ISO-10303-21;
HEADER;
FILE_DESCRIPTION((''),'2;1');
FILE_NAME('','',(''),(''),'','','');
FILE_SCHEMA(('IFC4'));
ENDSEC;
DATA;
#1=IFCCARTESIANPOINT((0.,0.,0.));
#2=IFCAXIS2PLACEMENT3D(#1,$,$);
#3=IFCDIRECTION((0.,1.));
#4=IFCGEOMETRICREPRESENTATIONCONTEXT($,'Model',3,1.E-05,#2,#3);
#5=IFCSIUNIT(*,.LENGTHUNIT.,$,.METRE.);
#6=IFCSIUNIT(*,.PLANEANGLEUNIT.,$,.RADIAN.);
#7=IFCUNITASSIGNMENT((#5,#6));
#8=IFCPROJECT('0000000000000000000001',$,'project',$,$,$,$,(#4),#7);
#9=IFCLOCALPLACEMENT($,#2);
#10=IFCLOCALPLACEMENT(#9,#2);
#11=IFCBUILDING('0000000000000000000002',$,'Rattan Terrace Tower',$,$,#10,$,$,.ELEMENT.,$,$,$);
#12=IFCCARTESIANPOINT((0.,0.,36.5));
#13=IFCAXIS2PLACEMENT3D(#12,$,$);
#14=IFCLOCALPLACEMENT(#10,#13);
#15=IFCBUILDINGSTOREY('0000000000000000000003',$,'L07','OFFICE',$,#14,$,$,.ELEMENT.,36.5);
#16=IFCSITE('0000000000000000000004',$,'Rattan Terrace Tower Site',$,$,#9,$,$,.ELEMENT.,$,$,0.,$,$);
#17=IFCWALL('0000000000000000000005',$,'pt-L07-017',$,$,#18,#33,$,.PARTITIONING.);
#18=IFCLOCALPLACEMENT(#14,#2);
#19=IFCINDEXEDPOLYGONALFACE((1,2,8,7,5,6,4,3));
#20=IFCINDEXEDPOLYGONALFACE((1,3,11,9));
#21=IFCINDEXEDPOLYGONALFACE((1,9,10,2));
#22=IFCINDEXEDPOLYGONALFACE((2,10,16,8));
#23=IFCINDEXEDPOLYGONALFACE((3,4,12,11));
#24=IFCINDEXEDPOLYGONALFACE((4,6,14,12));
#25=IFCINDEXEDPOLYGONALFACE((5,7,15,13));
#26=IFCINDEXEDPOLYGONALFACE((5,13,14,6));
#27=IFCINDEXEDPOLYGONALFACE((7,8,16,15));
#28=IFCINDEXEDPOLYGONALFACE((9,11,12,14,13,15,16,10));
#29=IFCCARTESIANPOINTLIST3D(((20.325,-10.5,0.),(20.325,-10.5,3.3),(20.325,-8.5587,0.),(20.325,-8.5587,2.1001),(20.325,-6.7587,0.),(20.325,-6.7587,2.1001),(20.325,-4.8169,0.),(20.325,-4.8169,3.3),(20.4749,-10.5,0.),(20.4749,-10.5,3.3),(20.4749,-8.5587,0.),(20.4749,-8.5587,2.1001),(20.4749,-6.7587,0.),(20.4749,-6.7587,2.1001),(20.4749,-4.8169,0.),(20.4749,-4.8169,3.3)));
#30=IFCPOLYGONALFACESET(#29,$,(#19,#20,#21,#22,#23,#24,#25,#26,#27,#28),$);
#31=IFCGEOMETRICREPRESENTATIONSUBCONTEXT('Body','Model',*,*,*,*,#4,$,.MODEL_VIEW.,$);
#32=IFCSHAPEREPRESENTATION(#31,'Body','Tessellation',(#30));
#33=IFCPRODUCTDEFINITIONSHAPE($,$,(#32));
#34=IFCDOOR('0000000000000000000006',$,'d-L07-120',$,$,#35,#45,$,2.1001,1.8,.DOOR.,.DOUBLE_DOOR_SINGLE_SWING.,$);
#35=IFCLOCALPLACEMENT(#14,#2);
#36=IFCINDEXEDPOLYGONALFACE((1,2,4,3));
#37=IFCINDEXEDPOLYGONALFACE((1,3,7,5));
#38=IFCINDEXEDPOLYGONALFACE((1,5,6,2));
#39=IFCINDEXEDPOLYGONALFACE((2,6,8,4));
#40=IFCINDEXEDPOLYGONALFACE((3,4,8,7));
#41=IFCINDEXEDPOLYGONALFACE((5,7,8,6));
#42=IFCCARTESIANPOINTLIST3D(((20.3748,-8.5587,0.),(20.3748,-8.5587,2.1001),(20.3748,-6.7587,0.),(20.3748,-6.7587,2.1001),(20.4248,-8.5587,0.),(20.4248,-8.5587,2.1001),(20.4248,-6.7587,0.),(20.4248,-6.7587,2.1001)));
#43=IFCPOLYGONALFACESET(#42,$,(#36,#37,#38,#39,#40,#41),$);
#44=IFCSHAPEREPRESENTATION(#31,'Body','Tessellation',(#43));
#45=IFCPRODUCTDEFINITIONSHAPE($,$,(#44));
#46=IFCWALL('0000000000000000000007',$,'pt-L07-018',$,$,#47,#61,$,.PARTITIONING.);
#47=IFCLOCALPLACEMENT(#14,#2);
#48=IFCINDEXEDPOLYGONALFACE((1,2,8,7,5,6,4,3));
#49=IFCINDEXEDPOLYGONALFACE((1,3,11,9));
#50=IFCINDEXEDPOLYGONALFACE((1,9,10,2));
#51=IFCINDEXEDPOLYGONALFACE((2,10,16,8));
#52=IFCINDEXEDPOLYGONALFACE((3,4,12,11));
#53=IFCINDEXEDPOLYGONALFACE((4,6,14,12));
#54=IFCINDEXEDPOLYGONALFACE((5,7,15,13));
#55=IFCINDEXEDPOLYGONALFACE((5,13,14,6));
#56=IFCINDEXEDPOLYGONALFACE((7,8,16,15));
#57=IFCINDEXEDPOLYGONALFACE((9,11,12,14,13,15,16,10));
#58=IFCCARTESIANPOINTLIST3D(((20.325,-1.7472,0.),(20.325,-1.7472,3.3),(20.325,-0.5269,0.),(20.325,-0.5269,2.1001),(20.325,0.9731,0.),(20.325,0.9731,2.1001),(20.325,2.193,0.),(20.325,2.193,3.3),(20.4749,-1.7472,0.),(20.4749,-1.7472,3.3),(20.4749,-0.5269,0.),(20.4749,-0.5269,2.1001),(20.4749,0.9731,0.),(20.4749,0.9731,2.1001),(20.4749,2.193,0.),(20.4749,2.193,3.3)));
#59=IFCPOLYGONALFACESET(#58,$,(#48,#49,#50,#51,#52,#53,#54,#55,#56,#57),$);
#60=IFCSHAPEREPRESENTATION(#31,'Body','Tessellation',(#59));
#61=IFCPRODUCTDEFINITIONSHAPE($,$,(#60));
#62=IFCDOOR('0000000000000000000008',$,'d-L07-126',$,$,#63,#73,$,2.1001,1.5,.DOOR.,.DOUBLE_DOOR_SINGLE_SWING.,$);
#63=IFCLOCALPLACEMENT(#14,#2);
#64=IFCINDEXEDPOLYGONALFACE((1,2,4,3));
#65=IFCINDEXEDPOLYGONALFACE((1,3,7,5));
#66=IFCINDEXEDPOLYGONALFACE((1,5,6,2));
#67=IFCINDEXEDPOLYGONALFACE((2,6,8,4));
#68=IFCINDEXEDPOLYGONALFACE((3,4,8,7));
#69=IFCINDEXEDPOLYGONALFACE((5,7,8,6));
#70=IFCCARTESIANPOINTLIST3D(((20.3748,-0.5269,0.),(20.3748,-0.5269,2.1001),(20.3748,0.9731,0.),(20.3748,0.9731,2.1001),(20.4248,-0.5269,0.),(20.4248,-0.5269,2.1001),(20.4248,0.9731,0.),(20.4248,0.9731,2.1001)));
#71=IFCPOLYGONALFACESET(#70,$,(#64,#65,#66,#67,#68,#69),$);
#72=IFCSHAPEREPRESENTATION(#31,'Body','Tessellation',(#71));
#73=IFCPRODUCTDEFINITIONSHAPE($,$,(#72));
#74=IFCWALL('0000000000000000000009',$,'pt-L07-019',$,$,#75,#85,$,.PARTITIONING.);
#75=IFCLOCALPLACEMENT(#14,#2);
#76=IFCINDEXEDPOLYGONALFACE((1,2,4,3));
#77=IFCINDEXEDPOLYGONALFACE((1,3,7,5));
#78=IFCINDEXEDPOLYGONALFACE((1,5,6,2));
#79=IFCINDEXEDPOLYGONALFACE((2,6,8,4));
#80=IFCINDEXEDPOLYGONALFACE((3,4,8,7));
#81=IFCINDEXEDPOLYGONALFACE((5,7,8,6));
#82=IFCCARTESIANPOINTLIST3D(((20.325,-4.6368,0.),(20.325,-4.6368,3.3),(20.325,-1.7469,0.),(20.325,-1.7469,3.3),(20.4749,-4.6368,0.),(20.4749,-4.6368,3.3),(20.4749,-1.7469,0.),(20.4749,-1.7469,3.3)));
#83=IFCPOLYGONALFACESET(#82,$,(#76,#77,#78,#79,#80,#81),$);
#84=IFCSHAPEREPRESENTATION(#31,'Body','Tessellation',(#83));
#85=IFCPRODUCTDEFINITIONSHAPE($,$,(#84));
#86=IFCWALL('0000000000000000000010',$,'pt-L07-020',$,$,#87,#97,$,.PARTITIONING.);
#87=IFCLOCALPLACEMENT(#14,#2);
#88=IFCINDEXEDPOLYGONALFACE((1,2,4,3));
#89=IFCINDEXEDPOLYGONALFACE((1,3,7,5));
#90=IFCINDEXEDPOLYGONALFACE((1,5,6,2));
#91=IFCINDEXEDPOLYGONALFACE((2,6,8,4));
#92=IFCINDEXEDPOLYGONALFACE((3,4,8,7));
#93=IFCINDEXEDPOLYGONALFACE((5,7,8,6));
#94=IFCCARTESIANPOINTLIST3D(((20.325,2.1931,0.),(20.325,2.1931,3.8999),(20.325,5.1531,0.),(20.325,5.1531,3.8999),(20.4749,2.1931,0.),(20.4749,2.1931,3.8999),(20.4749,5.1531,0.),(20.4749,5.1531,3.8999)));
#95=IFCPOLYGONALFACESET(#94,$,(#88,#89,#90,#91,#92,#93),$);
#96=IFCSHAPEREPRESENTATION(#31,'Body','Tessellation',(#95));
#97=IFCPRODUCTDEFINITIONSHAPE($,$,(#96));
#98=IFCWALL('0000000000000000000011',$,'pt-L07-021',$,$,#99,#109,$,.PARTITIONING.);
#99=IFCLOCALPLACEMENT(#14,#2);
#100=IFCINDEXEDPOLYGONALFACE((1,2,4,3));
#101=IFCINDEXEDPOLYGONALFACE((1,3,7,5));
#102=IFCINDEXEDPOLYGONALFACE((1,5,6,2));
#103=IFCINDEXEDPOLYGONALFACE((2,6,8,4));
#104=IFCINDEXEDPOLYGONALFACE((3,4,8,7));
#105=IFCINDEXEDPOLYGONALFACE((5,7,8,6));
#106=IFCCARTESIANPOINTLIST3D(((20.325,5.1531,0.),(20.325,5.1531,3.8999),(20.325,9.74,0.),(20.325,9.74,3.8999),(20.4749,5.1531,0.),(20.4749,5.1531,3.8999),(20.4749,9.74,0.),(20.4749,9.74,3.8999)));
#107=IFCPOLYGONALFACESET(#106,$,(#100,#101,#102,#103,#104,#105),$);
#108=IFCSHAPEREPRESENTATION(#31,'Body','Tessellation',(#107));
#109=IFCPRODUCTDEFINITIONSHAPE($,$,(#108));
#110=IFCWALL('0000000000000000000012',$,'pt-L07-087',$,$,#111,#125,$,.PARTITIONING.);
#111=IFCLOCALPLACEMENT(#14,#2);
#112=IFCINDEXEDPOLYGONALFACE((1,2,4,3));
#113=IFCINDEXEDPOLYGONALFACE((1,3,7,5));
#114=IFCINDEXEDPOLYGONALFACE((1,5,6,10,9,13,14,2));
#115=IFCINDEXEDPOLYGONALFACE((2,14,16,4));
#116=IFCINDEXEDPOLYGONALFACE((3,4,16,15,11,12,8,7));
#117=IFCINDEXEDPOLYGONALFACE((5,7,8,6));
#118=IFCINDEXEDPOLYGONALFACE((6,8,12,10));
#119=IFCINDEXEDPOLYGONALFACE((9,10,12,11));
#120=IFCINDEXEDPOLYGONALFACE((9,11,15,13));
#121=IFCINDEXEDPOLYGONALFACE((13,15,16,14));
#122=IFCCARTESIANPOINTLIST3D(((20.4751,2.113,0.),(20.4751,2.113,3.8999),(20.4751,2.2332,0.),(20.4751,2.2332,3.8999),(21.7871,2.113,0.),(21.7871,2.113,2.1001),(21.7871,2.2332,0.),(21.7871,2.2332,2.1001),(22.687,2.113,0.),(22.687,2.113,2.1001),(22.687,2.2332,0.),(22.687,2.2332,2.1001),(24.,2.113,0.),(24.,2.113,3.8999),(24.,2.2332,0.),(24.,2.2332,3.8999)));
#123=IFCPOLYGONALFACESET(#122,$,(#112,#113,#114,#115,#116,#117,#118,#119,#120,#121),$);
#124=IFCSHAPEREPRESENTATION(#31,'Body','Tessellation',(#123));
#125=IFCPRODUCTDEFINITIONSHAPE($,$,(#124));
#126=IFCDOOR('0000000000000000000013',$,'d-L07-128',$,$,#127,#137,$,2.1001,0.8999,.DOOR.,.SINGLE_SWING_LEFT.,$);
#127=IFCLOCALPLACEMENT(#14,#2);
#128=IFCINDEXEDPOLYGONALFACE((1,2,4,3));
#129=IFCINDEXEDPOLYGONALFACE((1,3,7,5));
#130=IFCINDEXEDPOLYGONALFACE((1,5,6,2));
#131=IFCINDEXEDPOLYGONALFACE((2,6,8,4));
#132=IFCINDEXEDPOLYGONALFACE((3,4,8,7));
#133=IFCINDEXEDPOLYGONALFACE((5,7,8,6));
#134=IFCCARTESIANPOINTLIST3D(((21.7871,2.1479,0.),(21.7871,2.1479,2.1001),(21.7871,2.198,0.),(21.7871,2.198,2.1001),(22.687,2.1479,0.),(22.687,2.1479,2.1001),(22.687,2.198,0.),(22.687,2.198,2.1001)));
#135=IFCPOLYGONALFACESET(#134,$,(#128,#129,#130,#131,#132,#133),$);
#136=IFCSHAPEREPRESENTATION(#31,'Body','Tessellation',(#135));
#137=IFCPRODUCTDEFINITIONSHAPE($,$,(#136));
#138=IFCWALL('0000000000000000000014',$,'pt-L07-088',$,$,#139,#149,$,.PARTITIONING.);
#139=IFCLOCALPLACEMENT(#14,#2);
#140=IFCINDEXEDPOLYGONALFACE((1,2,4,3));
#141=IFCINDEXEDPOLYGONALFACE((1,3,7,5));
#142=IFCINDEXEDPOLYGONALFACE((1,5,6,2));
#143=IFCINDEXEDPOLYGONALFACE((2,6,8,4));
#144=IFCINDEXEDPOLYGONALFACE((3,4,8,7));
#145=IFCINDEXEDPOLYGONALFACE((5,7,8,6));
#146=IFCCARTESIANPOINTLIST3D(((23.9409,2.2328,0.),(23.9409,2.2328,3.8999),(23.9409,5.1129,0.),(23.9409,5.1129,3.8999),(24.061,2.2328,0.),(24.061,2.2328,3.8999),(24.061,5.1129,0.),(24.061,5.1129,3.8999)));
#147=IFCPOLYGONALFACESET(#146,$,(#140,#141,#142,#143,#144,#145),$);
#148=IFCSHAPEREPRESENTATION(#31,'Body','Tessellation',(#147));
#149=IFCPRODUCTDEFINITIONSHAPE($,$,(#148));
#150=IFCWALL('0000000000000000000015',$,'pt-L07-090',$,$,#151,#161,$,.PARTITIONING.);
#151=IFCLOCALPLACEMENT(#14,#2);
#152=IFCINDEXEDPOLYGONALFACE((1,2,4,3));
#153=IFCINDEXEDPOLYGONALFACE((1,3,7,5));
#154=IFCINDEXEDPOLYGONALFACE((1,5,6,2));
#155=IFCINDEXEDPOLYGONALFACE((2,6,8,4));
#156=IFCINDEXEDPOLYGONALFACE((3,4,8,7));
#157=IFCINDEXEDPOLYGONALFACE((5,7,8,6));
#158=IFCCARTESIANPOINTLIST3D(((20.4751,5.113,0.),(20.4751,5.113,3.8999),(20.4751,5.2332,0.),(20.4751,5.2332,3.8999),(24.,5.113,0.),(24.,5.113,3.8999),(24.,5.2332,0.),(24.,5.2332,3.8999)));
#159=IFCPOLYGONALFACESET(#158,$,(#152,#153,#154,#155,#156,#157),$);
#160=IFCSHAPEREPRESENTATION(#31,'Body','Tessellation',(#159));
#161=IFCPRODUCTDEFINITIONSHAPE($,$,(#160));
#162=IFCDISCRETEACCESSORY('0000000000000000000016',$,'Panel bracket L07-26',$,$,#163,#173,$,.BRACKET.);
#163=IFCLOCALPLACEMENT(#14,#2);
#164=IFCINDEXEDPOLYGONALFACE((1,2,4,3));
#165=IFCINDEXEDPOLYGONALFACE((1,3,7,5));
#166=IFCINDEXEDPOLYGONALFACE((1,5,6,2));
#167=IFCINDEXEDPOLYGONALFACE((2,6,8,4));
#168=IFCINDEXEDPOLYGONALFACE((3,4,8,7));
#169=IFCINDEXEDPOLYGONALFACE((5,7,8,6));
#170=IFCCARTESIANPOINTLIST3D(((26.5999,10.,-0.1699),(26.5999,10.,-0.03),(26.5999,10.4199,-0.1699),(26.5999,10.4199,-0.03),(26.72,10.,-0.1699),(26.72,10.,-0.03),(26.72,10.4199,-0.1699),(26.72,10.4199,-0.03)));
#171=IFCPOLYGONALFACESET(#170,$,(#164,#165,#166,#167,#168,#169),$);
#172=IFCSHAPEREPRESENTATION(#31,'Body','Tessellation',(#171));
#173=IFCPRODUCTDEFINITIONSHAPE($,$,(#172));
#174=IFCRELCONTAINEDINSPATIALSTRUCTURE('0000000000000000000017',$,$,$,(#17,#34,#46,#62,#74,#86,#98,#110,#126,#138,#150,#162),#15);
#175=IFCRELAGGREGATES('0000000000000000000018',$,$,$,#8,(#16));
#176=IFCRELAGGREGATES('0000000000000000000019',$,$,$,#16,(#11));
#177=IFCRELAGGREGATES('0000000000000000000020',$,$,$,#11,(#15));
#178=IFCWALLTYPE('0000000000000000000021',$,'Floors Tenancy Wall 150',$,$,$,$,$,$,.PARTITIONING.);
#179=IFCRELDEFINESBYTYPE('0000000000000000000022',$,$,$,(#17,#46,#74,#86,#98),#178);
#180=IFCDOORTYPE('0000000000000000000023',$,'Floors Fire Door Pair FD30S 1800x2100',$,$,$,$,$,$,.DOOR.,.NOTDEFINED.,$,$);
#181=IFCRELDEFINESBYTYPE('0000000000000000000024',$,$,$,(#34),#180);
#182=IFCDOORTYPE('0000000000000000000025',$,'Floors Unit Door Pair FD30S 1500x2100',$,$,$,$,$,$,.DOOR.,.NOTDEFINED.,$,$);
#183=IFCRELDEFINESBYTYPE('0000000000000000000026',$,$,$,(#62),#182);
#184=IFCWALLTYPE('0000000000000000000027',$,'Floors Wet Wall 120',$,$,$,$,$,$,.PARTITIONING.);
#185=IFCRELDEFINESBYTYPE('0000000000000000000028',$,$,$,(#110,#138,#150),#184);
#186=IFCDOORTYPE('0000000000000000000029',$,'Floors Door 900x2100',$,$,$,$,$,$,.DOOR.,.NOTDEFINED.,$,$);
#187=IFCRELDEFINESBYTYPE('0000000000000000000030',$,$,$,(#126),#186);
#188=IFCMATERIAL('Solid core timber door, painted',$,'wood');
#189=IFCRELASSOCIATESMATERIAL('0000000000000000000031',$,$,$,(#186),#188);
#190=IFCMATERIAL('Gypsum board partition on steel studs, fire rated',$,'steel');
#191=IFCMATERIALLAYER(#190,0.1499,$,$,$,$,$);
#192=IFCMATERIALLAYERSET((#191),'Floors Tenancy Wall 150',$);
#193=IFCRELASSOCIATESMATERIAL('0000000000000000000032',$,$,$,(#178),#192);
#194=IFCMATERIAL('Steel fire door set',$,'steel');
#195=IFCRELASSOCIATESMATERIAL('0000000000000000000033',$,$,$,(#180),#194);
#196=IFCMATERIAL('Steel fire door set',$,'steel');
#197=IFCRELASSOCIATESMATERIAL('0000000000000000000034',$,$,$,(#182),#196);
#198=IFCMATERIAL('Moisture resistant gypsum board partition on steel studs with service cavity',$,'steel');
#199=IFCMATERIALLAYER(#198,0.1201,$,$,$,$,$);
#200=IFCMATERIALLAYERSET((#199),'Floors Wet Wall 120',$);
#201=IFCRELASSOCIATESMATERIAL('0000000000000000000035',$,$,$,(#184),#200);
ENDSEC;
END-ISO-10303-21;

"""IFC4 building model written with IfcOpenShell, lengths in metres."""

from ifc_helpers import new_model, si_unit, direction, frame, frame_2d, origin, origin_2d, place, context, subcontext, project, spatial, rectangle, extrude, material, layer, layer_set, type_object, element, fill, save


model = new_model("IFC4")

# Units and contexts
model_context = context("Model", 3, precision=1e-05, world=origin(), true_north=direction((0.0, 1.0)))
body_context = subcontext(model_context, "Body", "Model", "MODEL_VIEW")
ifc_project = project(units=[si_unit("LENGTHUNIT", "METRE"), si_unit("PLANEANGLEUNIT", "RADIAN")], contexts=[model_context])

# Site, building, storey
site_placement = place(None, origin())
site = spatial("IfcSite", under=ifc_project, at=site_placement, Name="Rattan Terrace Tower Site", CompositionType="ELEMENT", RefElevation=0.0)
building_placement = place(site_placement, origin())
building = spatial("IfcBuilding", under=site, at=building_placement, Name="Rattan Terrace Tower", CompositionType="ELEMENT")
storey_placement = place(building_placement, frame((0.0, 0.0, 36.5)))
storey = spatial("IfcBuildingStorey", under=building, at=storey_placement, Name="L07", Description="OFFICE", CompositionType="ELEMENT", Elevation=36.5)

# Walls, openings, doors
ifc_material_1 = material(Name="Solid core timber door, painted", Category="wood")
door_type_1 = type_object("IfcDoorType", Name="Floors Door 900x2100", OperationType="NOTDEFINED", PredefinedType="DOOR", material=ifc_material_1)
ifc_material_2 = material(Name="Gypsum board partition on steel studs, fire rated", Category="steel")
ifc_layer_1 = layer(ifc_material_2, 0.1499)
ifc_layer_set_1 = layer_set([ifc_layer_1], Name="Floors Tenancy Wall 150")
wall_type_1 = type_object("IfcWallType", Name="Floors Tenancy Wall 150", PredefinedType="PARTITIONING", material=ifc_layer_set_1)
wall_1_placement = place(storey_placement, frame((20.3999, -4.8169, 0.0), z_axis=(0.0, 0.0, 1.0), x_axis=(0.0, -1.0, 0.0)))
wall_1 = element("IfcWall", 1, at=wall_1_placement, inside=storey, type_object=wall_type_1, Name="pt-L07-017", PredefinedType="PARTITIONING", context=body_context, shape_type="SweptSolid", body=[
    extrude(rectangle(XDim=5.6831, YDim=0.1499, at=frame_2d((2.8416, 0.0))), origin(), (0.0, 0.0, 1.0), 3.3),
])
opening_1_placement = place(wall_1_placement, frame((1.9419, 0.0, 0.0)))
opening_1 = element("IfcOpeningElement", 2, at=opening_1_placement, cuts=wall_1, PredefinedType="OPENING", context=body_context, shape_type="SweptSolid", body=[
    extrude(rectangle(XDim=1.8, YDim=2.1001, at=frame_2d((0.8999, 1.05))), frame((0.0, 0.0854, 0.0), z_axis=(0.0, -1.0, 0.0), x_axis=(1.0, 0.0, 0.0)), (0.0, 0.0, 1.0), 0.1709),
])
ifc_material_3 = material(Name="Steel fire door set", Category="steel")
door_type_2 = type_object("IfcDoorType", Name="Floors Fire Door Pair FD30S 1800x2100", OperationType="NOTDEFINED", PredefinedType="DOOR", material=ifc_material_3)
door_1_placement = place(opening_1_placement, origin())
door_1 = element("IfcDoor", 3, at=door_1_placement, inside=storey, type_object=door_type_2, Name="d-L07-120", OperationType="DOUBLE_DOOR_SINGLE_SWING", OverallHeight=2.1001, OverallWidth=1.8, PredefinedType="DOOR", context=body_context, shape_type="SweptSolid", body=[
    extrude(rectangle(XDim=1.8, YDim=2.1001, at=frame_2d((0.8999, 1.05))), frame((0.0, 0.0249, 0.0), z_axis=(0.0, -1.0, 0.0), x_axis=(1.0, 0.0, 0.0)), (0.0, 0.0, 1.0), 0.05),
])
fill(opening_1, door_1)
wall_2_placement = place(storey_placement, frame((20.3999, 2.1931, 0.0), z_axis=(0.0, 0.0, 1.0), x_axis=(0.0, -1.0, 0.0)))
wall_2 = element("IfcWall", 4, at=wall_2_placement, inside=storey, type_object=wall_type_1, Name="pt-L07-018", PredefinedType="PARTITIONING", context=body_context, shape_type="SweptSolid", body=[
    extrude(rectangle(XDim=3.9402, YDim=0.1499, at=frame_2d((1.9702, 0.0))), origin(), (0.0, 0.0, 1.0), 3.3),
])
opening_2_placement = place(wall_2_placement, frame((1.22, 0.0, 0.0)))
opening_2 = element("IfcOpeningElement", 5, at=opening_2_placement, cuts=wall_2, PredefinedType="OPENING", context=body_context, shape_type="SweptSolid", body=[
    extrude(rectangle(XDim=1.5, YDim=2.1001, at=frame_2d((0.75, 1.05))), frame((0.0, 0.0854, 0.0), z_axis=(0.0, -1.0, 0.0), x_axis=(1.0, 0.0, 0.0)), (0.0, 0.0, 1.0), 0.1709),
])
ifc_material_4 = material(Name="Steel fire door set", Category="steel")
door_type_3 = type_object("IfcDoorType", Name="Floors Unit Door Pair FD30S 1500x2100", OperationType="NOTDEFINED", PredefinedType="DOOR", material=ifc_material_4)
door_2_placement = place(opening_2_placement, origin())
door_2 = element("IfcDoor", 6, at=door_2_placement, inside=storey, type_object=door_type_3, Name="d-L07-126", OperationType="DOUBLE_DOOR_SINGLE_SWING", OverallHeight=2.1001, OverallWidth=1.5, PredefinedType="DOOR", context=body_context, shape_type="SweptSolid", body=[
    extrude(rectangle(XDim=1.5, YDim=2.1001, at=frame_2d((0.75, 1.05))), frame((0.0, 0.0249, 0.0), z_axis=(0.0, -1.0, 0.0), x_axis=(1.0, 0.0, 0.0)), (0.0, 0.0, 1.0), 0.05),
])
fill(opening_2, door_2)

# Walls
wall_3_placement = place(storey_placement, frame((20.3999, -1.7471, 0.0), z_axis=(0.0, 0.0, 1.0), x_axis=(0.0, -1.0, 0.0)))
element("IfcWall", 7, at=wall_3_placement, inside=storey, type_object=wall_type_1, Name="pt-L07-019", PredefinedType="PARTITIONING", context=body_context, shape_type="SweptSolid", body=[
    extrude(rectangle(XDim=2.8899, YDim=0.1499, at=frame_2d((1.4448, 0.0))), origin(), (0.0, 0.0, 1.0), 3.3),
])
wall_4_placement = place(storey_placement, frame((20.3999, 5.1531, 0.0), z_axis=(0.0, 0.0, 1.0), x_axis=(0.0, -1.0, 0.0)))
element("IfcWall", 8, at=wall_4_placement, inside=storey, type_object=wall_type_1, Name="pt-L07-020", PredefinedType="PARTITIONING", context=body_context, shape_type="SweptSolid", body=[
    extrude(rectangle(XDim=2.96, YDim=0.1499, at=frame_2d((1.48, 0.0))), origin(), (0.0, 0.0, 1.0), 3.8999),
])
wall_5_placement = place(storey_placement, frame((20.3999, 9.74, 0.0), z_axis=(0.0, 0.0, 1.0), x_axis=(0.0, -1.0, 0.0)))
element("IfcWall", 9, at=wall_5_placement, inside=storey, type_object=wall_type_1, Name="pt-L07-021", PredefinedType="PARTITIONING", context=body_context, shape_type="SweptSolid", body=[
    extrude(rectangle(XDim=4.5869, YDim=0.1499, at=frame_2d((2.2935, 0.0))), origin(), (0.0, 0.0, 1.0), 3.8999),
])

# Wall, opening, door
ifc_material_5 = material(Name="Moisture resistant gypsum board partition on steel studs with service cavity", Category="steel")
ifc_layer_2 = layer(ifc_material_5, 0.1201)
ifc_layer_set_2 = layer_set([ifc_layer_2], Name="Floors Wet Wall 120")
wall_type_2 = type_object("IfcWallType", Name="Floors Wet Wall 120", PredefinedType="PARTITIONING", material=ifc_layer_set_2)
wall_6_placement = place(storey_placement, frame((20.4751, 2.1731, 0.0), z_axis=(0.0, 0.0, 1.0), x_axis=(1.0, 0.0, 0.0)))
wall_6 = element("IfcWall", 10, at=wall_6_placement, inside=storey, type_object=wall_type_2, Name="pt-L07-087", PredefinedType="PARTITIONING", context=body_context, shape_type="SweptSolid", body=[
    extrude(rectangle(XDim=3.5249, YDim=0.1201, at=frame_2d((1.7625, 0.0))), origin(), (0.0, 0.0, 1.0), 3.8999),
])
opening_3_placement = place(wall_6_placement, frame((1.312, 0.0, 0.0)))
opening_3 = element("IfcOpeningElement", 11, at=opening_3_placement, cuts=wall_6, PredefinedType="OPENING", context=body_context, shape_type="SweptSolid", body=[
    extrude(rectangle(XDim=0.8999, YDim=2.1001, at=frame_2d((0.45, 1.05))), frame((0.0, 0.0706, 0.0), z_axis=(0.0, -1.0, 0.0), x_axis=(1.0, 0.0, 0.0)), (0.0, 0.0, 1.0), 0.1411),
])
door_3_placement = place(opening_3_placement, origin())
door_3 = element("IfcDoor", 12, at=door_3_placement, inside=storey, type_object=door_type_1, Name="d-L07-128", OperationType="SINGLE_SWING_LEFT", OverallHeight=2.1001, OverallWidth=0.8999, PredefinedType="DOOR", context=body_context, shape_type="SweptSolid", body=[
    extrude(rectangle(XDim=0.8999, YDim=2.1001, at=frame_2d((0.45, 1.05))), frame((0.0, 0.0249, 0.0), z_axis=(0.0, -1.0, 0.0), x_axis=(1.0, 0.0, 0.0)), (0.0, 0.0, 1.0), 0.05),
])
fill(opening_3, door_3)

# Walls
wall_7_placement = place(storey_placement, frame((24.001, 2.2329, 0.0), z_axis=(0.0, 0.0, 1.0), x_axis=(0.0, 1.0, 0.0)))
element("IfcWall", 13, at=wall_7_placement, inside=storey, type_object=wall_type_2, Name="pt-L07-088", PredefinedType="PARTITIONING", context=body_context, shape_type="SweptSolid", body=[
    extrude(rectangle(XDim=2.8801, YDim=0.1201, at=frame_2d((1.4399, 0.0))), origin(), (0.0, 0.0, 1.0), 3.8999),
])
wall_8_placement = place(storey_placement, frame((20.4751, 5.1731, 0.0), z_axis=(0.0, 0.0, 1.0), x_axis=(1.0, 0.0, 0.0)))
element("IfcWall", 14, at=wall_8_placement, inside=storey, type_object=wall_type_2, Name="pt-L07-090", PredefinedType="PARTITIONING", context=body_context, shape_type="SweptSolid", body=[
    extrude(rectangle(XDim=3.5249, YDim=0.1201, at=frame_2d((1.7625, 0.0))), origin(), (0.0, 0.0, 1.0), 3.8999),
])

# Discrete accessory
for number, where, z_axis, x_axis, name in (
    (15, (26.6599, 10.21, -0.1699), (0.0, 0.0, 1.0), (-1.0, 0.0, 0.0), "Panel bracket L07-26"),
):
    element("IfcDiscreteAccessory", number, at=place(storey_placement, frame(where, z_axis=z_axis, x_axis=x_axis)), inside=storey, Name=name, PredefinedType="BRACKET", context=body_context, shape_type="SweptSolid", body=[
        extrude(rectangle(XDim=0.1201, YDim=0.4199, at=origin_2d()), origin(), (0.0, 0.0, 1.0), 0.1399),
    ])

save(model, "model.ifc")
